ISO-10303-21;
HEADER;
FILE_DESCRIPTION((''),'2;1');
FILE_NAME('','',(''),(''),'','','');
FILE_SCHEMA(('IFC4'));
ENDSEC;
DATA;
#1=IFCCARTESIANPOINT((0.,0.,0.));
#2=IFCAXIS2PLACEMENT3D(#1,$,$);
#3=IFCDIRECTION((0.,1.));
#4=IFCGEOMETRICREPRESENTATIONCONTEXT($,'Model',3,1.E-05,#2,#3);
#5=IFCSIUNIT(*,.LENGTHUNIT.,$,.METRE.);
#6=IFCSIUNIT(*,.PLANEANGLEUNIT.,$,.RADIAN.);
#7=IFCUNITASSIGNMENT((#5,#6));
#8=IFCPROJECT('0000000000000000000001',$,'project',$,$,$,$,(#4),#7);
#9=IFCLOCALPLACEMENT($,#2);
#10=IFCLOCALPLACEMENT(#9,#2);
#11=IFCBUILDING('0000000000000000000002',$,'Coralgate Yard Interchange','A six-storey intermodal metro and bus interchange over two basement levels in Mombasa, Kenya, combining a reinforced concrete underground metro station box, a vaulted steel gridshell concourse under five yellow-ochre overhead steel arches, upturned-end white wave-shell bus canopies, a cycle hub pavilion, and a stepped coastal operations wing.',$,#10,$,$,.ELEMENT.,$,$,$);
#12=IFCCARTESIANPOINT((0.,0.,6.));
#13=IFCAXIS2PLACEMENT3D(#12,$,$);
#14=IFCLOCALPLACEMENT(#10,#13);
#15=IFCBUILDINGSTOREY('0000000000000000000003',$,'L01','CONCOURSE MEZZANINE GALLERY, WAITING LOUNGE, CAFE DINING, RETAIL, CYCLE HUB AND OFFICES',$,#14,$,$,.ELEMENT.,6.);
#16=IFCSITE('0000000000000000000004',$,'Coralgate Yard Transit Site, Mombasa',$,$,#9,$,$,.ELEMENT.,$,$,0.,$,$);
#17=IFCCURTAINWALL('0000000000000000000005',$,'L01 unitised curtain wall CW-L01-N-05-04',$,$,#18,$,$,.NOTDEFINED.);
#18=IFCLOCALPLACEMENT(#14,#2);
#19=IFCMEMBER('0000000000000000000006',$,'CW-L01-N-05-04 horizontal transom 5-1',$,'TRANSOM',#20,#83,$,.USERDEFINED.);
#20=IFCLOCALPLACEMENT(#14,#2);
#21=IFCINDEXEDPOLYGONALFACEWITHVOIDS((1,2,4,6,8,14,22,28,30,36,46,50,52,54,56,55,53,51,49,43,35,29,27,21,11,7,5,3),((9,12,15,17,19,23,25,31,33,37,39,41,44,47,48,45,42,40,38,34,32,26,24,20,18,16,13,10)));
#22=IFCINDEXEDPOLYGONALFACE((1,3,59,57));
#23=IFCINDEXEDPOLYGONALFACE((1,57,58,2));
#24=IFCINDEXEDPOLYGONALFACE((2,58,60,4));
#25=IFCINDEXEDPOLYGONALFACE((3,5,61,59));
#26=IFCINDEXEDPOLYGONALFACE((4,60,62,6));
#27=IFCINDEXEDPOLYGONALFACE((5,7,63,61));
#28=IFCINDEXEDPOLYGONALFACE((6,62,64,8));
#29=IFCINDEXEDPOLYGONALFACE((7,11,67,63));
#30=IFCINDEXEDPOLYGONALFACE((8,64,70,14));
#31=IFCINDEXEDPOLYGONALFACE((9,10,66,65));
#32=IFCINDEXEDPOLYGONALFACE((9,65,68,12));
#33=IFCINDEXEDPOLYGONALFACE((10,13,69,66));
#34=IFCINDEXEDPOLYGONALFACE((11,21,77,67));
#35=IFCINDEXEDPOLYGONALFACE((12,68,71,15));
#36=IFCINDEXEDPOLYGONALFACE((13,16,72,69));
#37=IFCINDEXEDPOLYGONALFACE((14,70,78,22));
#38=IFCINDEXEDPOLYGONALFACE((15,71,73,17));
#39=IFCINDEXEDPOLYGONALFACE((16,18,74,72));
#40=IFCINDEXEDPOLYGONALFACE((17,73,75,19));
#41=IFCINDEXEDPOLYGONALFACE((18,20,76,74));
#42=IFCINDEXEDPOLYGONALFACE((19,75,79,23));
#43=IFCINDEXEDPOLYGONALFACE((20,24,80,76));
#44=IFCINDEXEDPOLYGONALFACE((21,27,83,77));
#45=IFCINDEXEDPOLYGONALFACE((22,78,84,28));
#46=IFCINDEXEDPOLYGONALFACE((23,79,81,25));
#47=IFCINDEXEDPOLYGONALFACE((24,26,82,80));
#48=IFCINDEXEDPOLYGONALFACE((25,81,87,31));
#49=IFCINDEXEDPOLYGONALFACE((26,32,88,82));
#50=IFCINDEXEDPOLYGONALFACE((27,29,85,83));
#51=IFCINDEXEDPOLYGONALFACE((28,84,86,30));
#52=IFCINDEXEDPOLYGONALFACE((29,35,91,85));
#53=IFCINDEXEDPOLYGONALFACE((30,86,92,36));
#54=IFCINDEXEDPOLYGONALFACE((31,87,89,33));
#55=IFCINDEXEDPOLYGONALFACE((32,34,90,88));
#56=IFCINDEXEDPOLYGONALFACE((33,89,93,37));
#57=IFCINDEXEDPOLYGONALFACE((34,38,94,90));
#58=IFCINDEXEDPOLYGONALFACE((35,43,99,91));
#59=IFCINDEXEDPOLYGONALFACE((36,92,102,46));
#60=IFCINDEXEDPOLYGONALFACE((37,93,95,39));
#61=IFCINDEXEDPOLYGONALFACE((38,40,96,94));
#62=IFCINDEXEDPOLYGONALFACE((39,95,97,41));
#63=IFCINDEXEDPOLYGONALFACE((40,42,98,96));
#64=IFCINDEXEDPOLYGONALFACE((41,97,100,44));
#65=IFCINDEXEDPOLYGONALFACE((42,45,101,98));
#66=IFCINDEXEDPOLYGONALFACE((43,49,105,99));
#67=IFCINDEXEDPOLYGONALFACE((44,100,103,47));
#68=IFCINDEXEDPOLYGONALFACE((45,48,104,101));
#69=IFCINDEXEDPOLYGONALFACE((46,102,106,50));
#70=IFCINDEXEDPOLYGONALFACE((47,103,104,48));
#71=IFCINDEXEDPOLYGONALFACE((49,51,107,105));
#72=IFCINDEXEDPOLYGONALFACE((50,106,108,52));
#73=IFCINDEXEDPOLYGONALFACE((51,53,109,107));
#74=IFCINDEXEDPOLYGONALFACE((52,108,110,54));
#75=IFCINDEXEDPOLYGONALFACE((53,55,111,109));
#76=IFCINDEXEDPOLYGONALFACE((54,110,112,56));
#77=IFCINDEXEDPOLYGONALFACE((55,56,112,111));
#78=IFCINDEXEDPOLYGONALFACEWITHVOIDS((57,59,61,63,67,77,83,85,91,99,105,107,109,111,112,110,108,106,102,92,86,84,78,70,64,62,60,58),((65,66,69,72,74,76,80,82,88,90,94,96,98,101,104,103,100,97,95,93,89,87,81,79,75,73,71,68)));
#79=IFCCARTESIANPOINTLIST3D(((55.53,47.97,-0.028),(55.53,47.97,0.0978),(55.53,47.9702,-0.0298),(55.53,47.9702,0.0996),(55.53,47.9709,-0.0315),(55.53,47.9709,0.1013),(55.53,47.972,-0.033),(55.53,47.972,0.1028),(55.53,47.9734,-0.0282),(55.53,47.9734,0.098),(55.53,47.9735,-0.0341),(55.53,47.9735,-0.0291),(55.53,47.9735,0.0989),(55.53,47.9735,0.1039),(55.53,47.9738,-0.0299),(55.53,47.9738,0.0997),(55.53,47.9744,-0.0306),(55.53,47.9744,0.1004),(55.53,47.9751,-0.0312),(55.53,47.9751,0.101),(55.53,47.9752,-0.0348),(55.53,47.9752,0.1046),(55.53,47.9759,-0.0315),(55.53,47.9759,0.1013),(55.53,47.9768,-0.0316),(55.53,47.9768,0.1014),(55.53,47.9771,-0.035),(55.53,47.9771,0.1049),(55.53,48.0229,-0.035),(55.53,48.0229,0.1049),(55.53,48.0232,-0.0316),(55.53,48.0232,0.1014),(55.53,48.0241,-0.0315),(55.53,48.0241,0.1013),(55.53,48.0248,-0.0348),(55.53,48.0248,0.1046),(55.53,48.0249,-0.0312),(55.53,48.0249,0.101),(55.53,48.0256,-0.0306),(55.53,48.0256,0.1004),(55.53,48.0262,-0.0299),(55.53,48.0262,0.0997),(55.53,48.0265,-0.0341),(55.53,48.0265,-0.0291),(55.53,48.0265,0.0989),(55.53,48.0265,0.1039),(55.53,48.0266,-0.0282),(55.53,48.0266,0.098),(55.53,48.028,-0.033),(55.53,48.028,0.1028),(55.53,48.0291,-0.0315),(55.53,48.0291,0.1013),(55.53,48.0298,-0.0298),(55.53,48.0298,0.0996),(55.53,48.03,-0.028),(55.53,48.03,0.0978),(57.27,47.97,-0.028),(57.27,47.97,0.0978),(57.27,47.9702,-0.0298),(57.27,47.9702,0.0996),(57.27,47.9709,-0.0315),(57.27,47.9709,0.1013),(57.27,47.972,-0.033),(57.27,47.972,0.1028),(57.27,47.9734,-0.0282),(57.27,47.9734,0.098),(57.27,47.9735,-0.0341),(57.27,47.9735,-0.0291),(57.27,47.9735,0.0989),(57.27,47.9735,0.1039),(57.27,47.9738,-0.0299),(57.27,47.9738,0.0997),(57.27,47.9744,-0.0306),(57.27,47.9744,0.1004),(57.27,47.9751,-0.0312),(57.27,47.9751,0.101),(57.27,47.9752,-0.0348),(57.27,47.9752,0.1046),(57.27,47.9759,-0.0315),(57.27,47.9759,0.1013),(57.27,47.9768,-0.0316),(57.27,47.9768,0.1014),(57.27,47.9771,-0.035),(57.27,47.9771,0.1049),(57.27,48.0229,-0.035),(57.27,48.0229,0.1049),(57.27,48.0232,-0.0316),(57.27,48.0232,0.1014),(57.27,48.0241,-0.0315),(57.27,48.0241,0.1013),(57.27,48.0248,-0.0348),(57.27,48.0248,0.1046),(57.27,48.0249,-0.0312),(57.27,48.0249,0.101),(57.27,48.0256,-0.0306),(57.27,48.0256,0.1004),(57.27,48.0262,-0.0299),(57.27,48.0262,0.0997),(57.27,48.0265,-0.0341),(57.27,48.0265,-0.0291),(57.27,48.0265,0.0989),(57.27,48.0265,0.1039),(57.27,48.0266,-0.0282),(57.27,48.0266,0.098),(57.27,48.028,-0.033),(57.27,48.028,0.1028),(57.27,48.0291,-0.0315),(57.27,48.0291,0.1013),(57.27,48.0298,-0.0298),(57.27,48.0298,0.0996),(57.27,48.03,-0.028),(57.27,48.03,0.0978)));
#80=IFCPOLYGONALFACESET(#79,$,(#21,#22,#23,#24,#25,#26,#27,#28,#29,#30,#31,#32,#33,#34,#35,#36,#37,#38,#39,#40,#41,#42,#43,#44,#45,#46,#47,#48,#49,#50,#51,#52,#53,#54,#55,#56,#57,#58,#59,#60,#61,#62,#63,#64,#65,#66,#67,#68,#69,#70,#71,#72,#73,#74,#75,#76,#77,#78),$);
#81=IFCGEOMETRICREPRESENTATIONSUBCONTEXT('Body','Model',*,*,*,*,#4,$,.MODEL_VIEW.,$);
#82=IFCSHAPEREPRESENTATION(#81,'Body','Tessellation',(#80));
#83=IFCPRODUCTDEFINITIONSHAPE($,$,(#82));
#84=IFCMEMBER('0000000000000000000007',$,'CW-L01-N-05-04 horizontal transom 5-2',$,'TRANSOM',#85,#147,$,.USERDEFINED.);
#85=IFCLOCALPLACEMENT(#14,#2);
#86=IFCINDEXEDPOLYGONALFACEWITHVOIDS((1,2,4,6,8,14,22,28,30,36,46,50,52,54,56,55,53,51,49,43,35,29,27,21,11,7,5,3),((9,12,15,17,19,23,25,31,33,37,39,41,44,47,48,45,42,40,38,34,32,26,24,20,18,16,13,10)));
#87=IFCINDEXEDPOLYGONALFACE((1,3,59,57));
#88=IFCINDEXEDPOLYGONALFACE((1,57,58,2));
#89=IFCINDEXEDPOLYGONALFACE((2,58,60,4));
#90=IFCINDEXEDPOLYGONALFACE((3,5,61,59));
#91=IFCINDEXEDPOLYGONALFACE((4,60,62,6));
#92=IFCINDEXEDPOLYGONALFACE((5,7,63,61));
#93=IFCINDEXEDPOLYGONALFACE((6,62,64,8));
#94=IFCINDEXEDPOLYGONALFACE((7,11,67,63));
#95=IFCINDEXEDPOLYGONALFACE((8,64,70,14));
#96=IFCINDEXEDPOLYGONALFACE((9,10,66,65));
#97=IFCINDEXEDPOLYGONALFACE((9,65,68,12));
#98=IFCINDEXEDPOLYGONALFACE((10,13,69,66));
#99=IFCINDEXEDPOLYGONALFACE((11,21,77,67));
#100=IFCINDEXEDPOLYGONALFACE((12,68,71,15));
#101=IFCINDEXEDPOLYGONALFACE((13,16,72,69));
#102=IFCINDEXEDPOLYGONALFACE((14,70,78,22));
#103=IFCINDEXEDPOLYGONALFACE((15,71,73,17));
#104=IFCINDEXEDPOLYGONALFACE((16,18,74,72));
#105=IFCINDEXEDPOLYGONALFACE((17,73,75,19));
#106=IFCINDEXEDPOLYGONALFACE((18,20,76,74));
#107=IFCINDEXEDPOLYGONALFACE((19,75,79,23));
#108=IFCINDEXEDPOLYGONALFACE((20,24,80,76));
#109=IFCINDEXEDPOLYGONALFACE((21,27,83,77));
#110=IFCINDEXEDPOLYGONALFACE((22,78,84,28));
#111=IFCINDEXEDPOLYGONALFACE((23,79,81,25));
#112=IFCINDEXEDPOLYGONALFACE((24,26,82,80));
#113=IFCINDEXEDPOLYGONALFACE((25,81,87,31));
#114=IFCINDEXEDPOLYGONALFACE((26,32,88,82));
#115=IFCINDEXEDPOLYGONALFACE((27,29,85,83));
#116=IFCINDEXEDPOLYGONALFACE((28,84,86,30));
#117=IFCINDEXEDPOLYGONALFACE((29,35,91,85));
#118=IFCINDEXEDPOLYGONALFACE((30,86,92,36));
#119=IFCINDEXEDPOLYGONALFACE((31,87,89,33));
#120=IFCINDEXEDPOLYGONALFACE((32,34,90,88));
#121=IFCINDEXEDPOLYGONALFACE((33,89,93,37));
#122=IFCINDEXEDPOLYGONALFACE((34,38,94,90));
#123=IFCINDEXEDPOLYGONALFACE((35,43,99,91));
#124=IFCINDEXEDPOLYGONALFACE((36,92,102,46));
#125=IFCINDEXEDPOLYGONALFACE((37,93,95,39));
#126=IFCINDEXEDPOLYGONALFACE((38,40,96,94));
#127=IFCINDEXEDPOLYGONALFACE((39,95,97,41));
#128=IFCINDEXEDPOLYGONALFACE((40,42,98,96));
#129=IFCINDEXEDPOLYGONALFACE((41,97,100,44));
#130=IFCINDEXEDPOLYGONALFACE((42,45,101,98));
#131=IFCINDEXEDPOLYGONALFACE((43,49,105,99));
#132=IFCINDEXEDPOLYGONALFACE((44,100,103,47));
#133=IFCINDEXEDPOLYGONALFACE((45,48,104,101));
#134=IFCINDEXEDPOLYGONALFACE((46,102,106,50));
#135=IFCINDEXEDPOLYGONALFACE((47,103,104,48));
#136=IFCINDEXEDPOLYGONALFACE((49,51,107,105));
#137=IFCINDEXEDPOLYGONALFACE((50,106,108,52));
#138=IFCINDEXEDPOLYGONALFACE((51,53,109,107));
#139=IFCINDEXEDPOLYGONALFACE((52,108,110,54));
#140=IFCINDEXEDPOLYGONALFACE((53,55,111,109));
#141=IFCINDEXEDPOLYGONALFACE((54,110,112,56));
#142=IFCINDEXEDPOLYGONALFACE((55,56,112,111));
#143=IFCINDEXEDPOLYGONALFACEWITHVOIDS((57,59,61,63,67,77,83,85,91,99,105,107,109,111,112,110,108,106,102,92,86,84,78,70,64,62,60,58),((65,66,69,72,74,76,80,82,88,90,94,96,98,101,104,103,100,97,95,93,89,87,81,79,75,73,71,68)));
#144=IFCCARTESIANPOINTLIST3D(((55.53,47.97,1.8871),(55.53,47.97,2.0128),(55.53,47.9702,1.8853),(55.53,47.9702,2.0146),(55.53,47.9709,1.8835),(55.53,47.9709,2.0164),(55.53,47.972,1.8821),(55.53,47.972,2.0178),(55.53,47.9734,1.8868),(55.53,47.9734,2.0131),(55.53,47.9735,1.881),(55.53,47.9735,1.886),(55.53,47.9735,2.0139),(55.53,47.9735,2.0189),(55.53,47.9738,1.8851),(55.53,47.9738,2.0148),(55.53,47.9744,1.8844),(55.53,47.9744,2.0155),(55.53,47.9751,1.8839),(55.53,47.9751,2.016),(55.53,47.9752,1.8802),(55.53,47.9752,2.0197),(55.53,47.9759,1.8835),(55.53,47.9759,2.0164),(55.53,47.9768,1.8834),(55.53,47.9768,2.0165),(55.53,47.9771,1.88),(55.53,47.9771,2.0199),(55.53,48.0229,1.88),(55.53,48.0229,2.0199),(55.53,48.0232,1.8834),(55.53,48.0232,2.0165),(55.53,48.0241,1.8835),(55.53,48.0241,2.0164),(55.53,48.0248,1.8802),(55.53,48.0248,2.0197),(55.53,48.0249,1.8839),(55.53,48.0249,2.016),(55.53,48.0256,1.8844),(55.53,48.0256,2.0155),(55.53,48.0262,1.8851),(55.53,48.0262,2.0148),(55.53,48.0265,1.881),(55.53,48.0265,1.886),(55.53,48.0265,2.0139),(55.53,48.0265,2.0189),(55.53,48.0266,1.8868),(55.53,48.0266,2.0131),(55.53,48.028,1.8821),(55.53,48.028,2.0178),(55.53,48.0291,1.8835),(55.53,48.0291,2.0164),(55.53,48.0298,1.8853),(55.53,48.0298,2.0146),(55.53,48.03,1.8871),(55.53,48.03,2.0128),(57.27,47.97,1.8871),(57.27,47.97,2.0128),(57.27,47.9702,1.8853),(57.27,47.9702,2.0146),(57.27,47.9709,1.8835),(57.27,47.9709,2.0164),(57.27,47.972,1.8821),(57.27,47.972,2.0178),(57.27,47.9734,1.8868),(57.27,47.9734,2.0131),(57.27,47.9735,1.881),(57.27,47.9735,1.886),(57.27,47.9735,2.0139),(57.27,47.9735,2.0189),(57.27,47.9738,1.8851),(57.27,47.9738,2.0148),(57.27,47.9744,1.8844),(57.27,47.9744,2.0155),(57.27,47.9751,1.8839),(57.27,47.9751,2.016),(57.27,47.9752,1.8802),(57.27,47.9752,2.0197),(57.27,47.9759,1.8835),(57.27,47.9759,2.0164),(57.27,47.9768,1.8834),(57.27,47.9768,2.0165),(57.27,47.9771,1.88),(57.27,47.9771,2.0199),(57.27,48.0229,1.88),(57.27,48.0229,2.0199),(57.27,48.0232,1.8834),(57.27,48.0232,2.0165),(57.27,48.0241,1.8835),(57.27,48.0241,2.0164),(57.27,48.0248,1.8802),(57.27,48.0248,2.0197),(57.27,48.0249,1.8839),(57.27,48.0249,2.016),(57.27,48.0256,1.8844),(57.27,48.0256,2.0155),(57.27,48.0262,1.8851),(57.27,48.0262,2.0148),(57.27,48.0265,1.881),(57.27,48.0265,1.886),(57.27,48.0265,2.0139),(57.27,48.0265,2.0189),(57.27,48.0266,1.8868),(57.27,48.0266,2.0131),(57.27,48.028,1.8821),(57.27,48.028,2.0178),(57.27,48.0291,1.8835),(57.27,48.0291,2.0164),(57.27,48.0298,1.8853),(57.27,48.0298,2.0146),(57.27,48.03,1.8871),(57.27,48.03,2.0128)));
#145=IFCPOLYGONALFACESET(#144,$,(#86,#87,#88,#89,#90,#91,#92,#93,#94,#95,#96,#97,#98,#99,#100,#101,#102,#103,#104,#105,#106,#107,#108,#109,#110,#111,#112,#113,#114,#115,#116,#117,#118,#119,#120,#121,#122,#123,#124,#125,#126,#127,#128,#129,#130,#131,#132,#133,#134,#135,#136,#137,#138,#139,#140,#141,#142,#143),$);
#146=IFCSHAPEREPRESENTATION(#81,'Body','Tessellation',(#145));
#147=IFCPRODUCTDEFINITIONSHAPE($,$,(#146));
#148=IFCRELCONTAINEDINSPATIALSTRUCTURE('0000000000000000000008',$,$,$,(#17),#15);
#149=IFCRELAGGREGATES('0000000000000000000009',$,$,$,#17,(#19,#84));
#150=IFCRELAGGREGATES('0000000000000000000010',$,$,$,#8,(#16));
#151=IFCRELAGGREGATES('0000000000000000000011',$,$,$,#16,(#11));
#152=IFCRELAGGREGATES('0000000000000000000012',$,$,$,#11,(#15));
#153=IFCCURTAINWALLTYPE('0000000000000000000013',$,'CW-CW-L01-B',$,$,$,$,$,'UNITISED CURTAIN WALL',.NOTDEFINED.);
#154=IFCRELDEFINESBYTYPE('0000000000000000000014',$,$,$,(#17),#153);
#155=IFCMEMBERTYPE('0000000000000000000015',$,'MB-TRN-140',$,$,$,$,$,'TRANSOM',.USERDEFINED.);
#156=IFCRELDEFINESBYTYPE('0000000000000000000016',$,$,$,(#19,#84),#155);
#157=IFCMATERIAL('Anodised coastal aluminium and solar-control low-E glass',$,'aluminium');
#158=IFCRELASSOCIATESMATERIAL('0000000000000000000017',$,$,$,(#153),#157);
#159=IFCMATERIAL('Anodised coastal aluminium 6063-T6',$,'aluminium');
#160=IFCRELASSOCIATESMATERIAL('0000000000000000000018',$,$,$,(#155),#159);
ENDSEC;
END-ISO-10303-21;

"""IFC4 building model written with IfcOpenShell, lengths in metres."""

from ifc_helpers import new_model, si_unit, direction, frame, origin, origin_2d, place, context, subcontext, project, spatial, hollow_rectangle, extrude, material, material_profile, profile_set, type_object, element, aggregate, save


model = new_model("IFC4")

# Units and contexts
model_context = context("Model", 3, precision=1e-05, world=origin(), true_north=direction((0.0, 1.0)))
body_context = subcontext(model_context, "Body", "Model", "MODEL_VIEW")
ifc_project = project(units=[si_unit("LENGTHUNIT", "METRE"), si_unit("PLANEANGLEUNIT", "RADIAN")], contexts=[model_context])

# Site, building, storey
site_placement = place(None, origin())
site = spatial("IfcSite", under=ifc_project, at=site_placement, Name="Coralgate Yard Transit Site, Mombasa", CompositionType="ELEMENT", RefElevation=0.0)
building_placement = place(site_placement, origin())
building = spatial("IfcBuilding", under=site, at=building_placement, Name="Coralgate Yard Interchange", Description="A six-storey intermodal metro and bus interchange over two basement levels in Mombasa, Kenya, combining a reinforced concrete underground metro station box, a vaulted steel gridshell concourse under five yellow-ochre overhead steel arches, upturned-end white wave-shell bus canopies, a cycle hub pavilion, and a stepped coastal operations wing.", CompositionType="ELEMENT")
storey_placement = place(building_placement, frame((0.0, 0.0, 6.0)))
storey = spatial("IfcBuildingStorey", under=building, at=storey_placement, Name="L01", Description="CONCOURSE MEZZANINE GALLERY, WAITING LOUNGE, CAFE DINING, RETAIL, CYCLE HUB AND OFFICES", CompositionType="ELEMENT", Elevation=6.0)

# Curtain wall, members
ifc_material_1 = material(Name="Anodised coastal aluminium and solar-control low-E glass", Category="aluminium")
curtain_wall_type = type_object("IfcCurtainWallType", Name="CW-CW-L01-B", ElementType="UNITISED CURTAIN WALL", PredefinedType="NOTDEFINED", material=ifc_material_1)
curtain_wall_placement = place(storey_placement, origin())
curtain_wall = element("IfcCurtainWall", 1, at=curtain_wall_placement, inside=storey, type_object=curtain_wall_type, Name="L01 unitised curtain wall CW-L01-N-05-04", PredefinedType="NOTDEFINED")
ifc_material_2 = material(Name="Anodised coastal aluminium 6063-T6", Category="aluminium")
ifc_material_profile_1 = material_profile(ifc_material_2, hollow_rectangle(XDim=0.0601, YDim=0.1399, WallThickness=0.0034, InnerFilletRadius=0.0034, OuterFilletRadius=0.0071, at=origin_2d()), Name="ALU 60x140x3.5")
ifc_profile_set_1 = profile_set([ifc_material_profile_1], Name="Anodised coastal aluminium 6063-T6")
member_type_1 = type_object("IfcMemberType", Name="MB-TRN-140", ElementType="TRANSOM", PredefinedType="USERDEFINED", material=ifc_profile_set_1)
member_1_placement = place(storey_placement, frame((55.53, 48.0, 0.0349), z_axis=(1.0, 0.0, 0.0), x_axis=(0.0, 1.0, 0.0)))
member_1 = element("IfcMember", 2, at=member_1_placement, type_object=member_type_1, Name="CW-L01-N-05-04 horizontal transom 5-1", ObjectType="TRANSOM", PredefinedType="USERDEFINED", context=body_context, shape_type="SweptSolid", body=[
    extrude(hollow_rectangle(XDim=0.0601, YDim=0.1399, WallThickness=0.0034, InnerFilletRadius=0.0034, OuterFilletRadius=0.0071, at=origin_2d()), origin(), (0.0, 0.0, 1.0), 1.74),
])
member_2_placement = place(storey_placement, frame((55.53, 48.0, 1.95), z_axis=(1.0, 0.0, 0.0), x_axis=(0.0, 1.0, 0.0)))
member_2 = element("IfcMember", 3, at=member_2_placement, type_object=member_type_1, Name="CW-L01-N-05-04 horizontal transom 5-2", ObjectType="TRANSOM", PredefinedType="USERDEFINED", context=body_context, shape_type="SweptSolid", body=[
    extrude(hollow_rectangle(XDim=0.0601, YDim=0.1399, WallThickness=0.0034, InnerFilletRadius=0.0034, OuterFilletRadius=0.0071, at=origin_2d()), origin(), (0.0, 0.0, 1.0), 1.74),
])
aggregate(curtain_wall, [member_1, member_2])

save(model, "model.ifc")
